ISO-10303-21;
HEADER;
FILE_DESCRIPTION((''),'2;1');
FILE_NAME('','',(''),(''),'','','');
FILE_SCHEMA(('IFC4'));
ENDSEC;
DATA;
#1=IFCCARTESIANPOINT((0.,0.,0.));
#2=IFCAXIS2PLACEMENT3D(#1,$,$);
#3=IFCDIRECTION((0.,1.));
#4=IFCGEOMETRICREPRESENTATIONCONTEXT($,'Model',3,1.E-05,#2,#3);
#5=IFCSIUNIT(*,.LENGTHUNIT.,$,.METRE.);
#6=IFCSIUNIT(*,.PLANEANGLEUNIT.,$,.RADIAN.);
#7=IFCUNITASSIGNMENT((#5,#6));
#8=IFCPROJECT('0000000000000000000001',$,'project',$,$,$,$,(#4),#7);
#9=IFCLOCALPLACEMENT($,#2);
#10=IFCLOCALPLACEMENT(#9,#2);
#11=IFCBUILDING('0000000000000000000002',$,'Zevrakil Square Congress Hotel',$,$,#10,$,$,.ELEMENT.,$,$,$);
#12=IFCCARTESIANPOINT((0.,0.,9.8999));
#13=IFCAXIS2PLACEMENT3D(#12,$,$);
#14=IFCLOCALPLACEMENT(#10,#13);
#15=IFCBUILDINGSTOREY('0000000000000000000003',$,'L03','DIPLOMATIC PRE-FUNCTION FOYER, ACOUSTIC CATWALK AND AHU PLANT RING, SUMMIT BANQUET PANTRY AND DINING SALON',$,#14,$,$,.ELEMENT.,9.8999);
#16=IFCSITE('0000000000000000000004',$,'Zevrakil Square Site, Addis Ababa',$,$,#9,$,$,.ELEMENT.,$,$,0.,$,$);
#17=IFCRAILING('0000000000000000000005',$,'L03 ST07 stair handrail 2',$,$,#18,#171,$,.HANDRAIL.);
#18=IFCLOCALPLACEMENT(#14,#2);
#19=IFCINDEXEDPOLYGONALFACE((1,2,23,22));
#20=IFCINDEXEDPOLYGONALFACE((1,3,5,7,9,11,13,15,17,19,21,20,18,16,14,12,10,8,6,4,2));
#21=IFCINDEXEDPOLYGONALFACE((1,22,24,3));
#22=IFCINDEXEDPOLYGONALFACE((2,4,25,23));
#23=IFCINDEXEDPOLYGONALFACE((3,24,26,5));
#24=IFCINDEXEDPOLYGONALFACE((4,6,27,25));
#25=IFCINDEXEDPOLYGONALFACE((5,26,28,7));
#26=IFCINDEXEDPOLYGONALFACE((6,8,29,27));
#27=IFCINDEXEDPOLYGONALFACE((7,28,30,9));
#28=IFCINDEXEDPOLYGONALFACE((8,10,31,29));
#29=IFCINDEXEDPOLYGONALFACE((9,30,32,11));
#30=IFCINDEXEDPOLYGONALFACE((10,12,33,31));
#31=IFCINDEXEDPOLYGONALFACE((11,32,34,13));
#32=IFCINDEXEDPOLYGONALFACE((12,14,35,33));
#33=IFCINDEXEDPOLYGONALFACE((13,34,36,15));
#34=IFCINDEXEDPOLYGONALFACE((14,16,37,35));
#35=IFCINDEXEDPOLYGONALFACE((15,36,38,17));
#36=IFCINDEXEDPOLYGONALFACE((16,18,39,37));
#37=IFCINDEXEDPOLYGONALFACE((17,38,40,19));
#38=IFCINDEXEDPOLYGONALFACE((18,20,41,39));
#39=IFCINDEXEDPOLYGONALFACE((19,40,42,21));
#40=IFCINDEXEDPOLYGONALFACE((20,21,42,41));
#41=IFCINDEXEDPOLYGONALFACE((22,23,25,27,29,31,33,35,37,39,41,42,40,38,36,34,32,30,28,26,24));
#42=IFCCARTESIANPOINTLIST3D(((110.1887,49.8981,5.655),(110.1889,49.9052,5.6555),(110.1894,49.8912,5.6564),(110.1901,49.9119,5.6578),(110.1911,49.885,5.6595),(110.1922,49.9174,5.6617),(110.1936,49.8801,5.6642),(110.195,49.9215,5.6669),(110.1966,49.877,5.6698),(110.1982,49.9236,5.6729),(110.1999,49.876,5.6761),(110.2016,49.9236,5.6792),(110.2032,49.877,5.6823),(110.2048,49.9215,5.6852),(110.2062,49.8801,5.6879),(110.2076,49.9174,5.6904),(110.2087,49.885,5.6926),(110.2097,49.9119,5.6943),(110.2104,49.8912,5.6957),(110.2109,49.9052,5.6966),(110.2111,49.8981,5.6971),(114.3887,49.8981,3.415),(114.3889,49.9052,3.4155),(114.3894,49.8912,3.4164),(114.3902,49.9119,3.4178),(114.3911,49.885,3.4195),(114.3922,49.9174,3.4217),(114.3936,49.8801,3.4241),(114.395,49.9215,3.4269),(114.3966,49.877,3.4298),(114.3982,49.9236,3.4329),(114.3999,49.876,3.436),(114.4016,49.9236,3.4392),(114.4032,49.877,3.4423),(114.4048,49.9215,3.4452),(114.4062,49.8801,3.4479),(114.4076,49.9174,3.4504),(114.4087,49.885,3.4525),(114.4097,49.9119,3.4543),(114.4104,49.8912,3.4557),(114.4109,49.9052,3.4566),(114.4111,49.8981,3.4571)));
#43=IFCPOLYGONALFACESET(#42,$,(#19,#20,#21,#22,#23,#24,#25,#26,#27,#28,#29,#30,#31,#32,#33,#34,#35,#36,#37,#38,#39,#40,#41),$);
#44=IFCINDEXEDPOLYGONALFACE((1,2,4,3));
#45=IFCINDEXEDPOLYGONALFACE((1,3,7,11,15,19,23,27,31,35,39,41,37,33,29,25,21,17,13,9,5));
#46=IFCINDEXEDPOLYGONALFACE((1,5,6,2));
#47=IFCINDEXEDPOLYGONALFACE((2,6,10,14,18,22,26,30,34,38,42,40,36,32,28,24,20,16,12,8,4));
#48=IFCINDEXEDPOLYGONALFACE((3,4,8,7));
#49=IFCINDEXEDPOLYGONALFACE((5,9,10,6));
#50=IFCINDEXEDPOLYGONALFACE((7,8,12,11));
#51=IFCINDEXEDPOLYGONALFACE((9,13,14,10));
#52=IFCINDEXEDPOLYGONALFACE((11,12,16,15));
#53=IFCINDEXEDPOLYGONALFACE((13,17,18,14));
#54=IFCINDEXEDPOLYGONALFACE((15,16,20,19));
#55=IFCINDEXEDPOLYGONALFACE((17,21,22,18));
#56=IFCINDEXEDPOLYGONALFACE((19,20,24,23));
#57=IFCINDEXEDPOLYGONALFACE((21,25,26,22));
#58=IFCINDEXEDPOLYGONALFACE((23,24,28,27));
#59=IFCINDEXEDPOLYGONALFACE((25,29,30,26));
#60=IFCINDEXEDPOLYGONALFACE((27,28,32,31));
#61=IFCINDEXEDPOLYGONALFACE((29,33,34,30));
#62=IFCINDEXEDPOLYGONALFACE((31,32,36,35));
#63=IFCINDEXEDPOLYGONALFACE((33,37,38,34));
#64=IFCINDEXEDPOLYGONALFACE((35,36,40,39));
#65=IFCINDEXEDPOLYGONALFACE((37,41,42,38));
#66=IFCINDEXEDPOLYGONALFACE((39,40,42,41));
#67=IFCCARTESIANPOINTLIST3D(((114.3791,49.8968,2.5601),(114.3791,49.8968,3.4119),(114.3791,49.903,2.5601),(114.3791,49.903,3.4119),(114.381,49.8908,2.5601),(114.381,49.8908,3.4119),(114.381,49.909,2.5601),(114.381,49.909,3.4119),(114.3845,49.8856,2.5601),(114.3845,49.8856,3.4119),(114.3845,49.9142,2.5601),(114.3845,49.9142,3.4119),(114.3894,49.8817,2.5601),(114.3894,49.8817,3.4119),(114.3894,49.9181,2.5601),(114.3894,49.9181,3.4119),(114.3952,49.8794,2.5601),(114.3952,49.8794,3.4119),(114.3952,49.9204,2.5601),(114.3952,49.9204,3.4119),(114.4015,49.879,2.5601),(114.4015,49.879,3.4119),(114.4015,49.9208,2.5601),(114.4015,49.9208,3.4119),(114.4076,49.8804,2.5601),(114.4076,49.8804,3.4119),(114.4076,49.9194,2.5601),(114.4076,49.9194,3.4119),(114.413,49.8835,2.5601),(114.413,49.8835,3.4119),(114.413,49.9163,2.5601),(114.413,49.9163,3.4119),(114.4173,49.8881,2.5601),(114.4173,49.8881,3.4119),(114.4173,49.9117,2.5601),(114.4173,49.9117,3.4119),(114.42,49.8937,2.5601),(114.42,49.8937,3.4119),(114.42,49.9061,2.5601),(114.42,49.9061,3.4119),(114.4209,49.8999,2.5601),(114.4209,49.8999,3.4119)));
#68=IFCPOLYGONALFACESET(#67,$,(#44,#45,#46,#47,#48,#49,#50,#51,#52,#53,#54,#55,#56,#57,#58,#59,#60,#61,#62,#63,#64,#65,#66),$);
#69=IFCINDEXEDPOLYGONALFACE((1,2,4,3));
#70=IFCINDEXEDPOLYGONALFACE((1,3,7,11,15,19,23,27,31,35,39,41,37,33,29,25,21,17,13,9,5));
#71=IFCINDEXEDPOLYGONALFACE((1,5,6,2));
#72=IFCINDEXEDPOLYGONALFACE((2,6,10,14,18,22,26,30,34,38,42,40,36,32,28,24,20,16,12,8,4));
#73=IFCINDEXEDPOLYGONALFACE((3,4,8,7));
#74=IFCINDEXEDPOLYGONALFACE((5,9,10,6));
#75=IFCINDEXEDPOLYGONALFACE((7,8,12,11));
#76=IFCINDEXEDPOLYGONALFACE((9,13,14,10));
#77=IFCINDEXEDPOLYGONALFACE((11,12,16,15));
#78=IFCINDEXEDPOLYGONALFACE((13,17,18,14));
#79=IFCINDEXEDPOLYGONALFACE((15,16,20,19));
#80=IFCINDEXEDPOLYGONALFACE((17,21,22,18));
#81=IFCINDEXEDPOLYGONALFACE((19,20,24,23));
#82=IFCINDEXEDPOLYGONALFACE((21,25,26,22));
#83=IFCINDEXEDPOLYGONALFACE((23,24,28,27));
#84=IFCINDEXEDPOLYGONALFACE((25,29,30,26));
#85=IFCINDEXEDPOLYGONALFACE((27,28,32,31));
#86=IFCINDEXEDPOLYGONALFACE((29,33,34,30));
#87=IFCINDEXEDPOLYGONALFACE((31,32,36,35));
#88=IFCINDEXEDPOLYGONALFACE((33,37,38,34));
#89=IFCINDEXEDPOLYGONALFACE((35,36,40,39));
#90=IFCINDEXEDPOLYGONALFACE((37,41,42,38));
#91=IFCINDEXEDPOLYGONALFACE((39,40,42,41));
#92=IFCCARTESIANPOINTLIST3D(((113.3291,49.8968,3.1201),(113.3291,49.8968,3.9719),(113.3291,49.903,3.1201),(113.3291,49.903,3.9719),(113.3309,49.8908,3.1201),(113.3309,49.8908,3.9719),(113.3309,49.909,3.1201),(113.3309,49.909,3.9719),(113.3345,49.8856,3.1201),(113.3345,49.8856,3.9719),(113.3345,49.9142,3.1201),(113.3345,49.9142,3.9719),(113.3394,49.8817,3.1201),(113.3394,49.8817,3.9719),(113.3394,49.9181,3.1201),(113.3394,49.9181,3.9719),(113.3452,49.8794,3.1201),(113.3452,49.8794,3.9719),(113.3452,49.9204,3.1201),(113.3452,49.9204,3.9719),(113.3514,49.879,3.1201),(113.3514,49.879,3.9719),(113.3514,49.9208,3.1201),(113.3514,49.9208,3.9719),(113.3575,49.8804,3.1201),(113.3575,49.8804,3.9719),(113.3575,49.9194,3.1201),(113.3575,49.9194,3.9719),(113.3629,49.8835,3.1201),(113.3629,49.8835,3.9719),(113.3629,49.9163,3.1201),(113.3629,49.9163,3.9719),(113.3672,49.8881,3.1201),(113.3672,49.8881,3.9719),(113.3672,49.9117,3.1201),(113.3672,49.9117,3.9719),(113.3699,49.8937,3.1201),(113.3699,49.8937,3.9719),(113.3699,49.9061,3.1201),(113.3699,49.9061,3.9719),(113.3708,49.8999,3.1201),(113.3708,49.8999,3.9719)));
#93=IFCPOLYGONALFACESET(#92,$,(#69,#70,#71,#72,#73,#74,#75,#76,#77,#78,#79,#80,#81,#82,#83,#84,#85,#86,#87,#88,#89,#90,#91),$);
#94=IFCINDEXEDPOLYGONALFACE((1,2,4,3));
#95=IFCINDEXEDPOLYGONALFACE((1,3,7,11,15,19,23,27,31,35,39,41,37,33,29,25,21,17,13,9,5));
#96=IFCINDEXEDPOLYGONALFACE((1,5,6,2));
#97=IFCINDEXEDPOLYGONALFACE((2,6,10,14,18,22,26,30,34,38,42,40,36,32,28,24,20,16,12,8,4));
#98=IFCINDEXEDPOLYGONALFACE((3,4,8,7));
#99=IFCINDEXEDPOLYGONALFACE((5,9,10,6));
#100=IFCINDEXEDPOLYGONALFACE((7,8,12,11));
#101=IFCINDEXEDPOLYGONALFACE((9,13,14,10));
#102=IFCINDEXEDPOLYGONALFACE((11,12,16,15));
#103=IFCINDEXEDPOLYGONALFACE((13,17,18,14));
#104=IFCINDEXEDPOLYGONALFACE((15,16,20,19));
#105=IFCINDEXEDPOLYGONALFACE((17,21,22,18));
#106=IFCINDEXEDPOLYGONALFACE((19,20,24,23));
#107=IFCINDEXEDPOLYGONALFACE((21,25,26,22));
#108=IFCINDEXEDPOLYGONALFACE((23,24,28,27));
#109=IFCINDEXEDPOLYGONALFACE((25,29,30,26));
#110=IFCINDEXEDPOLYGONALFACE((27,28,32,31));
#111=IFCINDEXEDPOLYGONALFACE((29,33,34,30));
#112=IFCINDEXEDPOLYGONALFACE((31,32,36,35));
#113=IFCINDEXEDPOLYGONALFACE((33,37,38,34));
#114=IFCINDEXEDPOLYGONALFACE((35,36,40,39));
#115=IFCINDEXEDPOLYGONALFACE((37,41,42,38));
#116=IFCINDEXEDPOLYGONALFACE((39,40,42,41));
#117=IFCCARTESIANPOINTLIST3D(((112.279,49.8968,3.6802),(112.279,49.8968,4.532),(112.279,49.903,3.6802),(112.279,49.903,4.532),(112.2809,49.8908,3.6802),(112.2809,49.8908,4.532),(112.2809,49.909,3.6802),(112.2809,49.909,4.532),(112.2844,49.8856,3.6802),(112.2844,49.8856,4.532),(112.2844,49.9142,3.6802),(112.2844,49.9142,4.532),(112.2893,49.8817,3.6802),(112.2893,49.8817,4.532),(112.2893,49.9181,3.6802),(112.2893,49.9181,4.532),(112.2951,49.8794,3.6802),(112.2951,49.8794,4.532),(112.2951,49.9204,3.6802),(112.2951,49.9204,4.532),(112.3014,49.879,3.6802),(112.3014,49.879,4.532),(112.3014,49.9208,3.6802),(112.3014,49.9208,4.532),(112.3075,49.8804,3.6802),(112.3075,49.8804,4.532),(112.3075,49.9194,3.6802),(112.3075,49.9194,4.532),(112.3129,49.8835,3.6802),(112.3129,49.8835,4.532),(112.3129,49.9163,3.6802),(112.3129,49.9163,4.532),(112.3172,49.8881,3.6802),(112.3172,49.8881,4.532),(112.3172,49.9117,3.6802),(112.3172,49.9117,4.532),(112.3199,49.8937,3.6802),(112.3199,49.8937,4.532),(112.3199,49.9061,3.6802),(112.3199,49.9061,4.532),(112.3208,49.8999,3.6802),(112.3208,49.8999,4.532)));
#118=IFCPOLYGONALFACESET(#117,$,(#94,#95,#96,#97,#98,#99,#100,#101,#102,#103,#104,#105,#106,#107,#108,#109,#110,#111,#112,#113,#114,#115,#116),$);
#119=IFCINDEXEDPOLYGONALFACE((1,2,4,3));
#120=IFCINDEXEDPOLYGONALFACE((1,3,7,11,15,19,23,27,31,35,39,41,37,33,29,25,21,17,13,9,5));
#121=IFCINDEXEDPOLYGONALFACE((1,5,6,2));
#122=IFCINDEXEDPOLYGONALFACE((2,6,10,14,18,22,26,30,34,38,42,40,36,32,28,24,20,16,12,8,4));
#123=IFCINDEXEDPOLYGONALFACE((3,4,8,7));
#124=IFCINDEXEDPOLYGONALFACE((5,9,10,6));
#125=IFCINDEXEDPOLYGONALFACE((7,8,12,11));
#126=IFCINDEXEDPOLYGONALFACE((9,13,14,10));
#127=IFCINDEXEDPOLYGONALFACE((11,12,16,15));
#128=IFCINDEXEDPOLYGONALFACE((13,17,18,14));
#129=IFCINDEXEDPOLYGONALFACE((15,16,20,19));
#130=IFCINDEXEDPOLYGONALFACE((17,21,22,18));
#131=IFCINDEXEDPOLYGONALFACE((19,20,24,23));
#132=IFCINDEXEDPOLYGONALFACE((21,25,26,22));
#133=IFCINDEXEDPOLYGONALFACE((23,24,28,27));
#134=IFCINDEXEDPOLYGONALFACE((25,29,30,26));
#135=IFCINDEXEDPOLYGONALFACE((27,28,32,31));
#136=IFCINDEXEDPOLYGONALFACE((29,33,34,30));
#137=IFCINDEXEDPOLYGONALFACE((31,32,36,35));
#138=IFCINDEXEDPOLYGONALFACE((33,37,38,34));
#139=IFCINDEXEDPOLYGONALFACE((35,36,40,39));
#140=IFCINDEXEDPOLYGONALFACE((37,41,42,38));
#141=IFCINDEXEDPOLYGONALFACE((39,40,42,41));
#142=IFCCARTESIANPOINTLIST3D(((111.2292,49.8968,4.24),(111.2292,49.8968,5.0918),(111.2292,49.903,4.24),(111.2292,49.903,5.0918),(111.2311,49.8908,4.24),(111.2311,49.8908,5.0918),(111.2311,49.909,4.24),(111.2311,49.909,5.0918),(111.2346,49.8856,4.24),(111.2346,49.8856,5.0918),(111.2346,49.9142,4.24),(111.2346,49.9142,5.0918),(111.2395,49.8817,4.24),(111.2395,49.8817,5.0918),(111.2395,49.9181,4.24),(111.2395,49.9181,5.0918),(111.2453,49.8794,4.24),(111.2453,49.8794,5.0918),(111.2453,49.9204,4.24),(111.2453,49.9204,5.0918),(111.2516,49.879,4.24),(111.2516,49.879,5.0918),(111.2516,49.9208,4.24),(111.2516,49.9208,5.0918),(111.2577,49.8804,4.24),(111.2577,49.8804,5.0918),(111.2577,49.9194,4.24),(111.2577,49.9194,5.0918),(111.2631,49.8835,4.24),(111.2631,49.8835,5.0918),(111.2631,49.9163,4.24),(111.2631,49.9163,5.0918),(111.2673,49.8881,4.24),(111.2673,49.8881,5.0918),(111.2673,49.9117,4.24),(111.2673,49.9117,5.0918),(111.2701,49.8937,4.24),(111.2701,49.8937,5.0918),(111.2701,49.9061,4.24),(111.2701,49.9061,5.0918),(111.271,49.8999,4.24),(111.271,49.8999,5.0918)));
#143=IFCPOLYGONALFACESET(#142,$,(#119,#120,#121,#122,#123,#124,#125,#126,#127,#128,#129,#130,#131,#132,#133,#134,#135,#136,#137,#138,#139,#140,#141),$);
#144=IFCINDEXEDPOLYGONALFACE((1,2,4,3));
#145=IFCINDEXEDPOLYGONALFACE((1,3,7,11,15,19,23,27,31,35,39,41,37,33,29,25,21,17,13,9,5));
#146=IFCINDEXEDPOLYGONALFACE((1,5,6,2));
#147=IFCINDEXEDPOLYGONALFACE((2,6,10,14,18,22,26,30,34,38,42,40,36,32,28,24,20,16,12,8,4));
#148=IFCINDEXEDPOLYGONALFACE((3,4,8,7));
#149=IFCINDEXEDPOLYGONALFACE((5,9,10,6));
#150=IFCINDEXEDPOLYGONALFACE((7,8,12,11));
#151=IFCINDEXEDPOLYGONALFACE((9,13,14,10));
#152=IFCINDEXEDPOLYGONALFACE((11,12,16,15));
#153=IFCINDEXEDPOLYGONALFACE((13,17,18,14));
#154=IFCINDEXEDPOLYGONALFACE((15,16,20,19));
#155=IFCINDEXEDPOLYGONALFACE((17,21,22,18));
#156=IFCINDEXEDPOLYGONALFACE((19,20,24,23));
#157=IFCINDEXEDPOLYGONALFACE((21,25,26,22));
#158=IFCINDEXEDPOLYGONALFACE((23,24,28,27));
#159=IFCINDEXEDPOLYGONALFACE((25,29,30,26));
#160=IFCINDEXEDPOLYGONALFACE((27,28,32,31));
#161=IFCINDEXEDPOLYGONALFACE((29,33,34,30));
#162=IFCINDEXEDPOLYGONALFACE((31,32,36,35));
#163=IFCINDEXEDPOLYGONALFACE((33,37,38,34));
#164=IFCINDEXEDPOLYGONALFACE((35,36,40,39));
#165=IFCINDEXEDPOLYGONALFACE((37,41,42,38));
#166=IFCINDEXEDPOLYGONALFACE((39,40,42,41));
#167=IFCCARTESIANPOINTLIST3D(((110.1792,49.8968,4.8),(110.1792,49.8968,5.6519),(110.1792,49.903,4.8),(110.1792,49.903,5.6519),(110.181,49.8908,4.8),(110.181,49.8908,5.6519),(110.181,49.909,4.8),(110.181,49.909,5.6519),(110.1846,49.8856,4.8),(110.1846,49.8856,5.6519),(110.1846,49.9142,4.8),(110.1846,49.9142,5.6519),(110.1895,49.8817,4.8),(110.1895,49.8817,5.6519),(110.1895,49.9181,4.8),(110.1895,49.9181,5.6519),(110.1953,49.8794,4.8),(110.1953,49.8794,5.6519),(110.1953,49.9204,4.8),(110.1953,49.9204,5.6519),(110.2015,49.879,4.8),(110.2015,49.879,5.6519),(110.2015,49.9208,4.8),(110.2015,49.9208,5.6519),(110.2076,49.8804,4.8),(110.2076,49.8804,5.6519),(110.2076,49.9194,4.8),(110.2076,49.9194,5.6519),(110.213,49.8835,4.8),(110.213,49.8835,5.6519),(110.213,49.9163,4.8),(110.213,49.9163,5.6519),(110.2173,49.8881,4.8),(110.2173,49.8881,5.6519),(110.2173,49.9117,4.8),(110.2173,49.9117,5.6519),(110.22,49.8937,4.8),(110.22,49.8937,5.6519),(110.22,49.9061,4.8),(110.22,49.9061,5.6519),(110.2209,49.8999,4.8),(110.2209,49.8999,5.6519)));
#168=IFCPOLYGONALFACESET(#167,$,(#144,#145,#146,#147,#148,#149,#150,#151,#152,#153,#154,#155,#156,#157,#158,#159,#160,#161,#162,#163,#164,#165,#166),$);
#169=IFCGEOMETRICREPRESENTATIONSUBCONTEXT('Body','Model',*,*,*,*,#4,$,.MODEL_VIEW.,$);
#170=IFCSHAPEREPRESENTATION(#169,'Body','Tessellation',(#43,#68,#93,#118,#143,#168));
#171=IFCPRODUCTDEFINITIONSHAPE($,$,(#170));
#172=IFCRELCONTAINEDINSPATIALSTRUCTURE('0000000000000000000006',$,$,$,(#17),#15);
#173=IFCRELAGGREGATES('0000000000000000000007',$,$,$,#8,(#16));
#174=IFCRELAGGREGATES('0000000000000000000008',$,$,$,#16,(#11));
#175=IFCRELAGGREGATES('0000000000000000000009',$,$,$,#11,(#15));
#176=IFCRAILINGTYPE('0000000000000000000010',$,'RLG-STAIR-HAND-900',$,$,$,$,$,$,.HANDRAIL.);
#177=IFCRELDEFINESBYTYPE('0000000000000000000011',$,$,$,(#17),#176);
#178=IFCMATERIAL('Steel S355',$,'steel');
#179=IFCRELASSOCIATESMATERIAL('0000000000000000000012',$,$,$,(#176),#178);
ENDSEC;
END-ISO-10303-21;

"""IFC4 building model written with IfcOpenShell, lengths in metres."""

from ifc_helpers import new_model, si_unit, direction, frame, origin, origin_2d, place, context, subcontext, project, spatial, circle, extrude, material, type_object, element, save


model = new_model("IFC4")

# Units and contexts
model_context = context("Model", 3, precision=1e-05, world=origin(), true_north=direction((0.0, 1.0)))
body_context = subcontext(model_context, "Body", "Model", "MODEL_VIEW")
ifc_project = project(units=[si_unit("LENGTHUNIT", "METRE"), si_unit("PLANEANGLEUNIT", "RADIAN")], contexts=[model_context])

# Site, building, storey
site_placement = place(None, origin())
site = spatial("IfcSite", under=ifc_project, at=site_placement, Name="Zevrakil Square Site, Addis Ababa", CompositionType="ELEMENT", RefElevation=0.0)
building_placement = place(site_placement, origin())
building = spatial("IfcBuilding", under=site, at=building_placement, Name="Zevrakil Square Congress Hotel", CompositionType="ELEMENT")
storey_placement = place(building_placement, frame((0.0, 0.0, 9.8999)))
storey = spatial("IfcBuildingStorey", under=building, at=storey_placement, Name="L03", Description="DIPLOMATIC PRE-FUNCTION FOYER, ACOUSTIC CATWALK AND AHU PLANT RING, SUMMIT BANQUET PANTRY AND DINING SALON", CompositionType="ELEMENT", Elevation=9.8999)

# Railing
ifc_material_1 = material(Name="Steel S355", Category="steel")
railing_type_1 = type_object("IfcRailingType", Name="RLG-STAIR-HAND-900", PredefinedType="HANDRAIL", material=ifc_material_1)
railing_1_placement = place(storey_placement, frame((114.3999, 49.8999, 2.5601)))
element("IfcRailing", 1, at=railing_1_placement, inside=storey, type_object=railing_type_1, Name="L03 ST07 stair handrail 2", PredefinedType="HANDRAIL", context=body_context, shape_type="SweptSolid", body=[
    extrude(circle(Radius=0.0239, at=origin_2d()), frame((0.0, 0.0, 0.876), z_axis=(-0.882352, 0.0, 0.470591), x_axis=(0.0, -1.0, 0.0)), (0.0, 0.0, 1.0), 4.76),
    extrude(circle(Radius=0.021, at=origin_2d()), origin(), (0.0, 0.0, 1.0), 0.8518),
    extrude(circle(Radius=0.021, at=origin_2d()), frame((-1.05, 0.0, 0.5601)), (0.0, 0.0, 1.0), 0.8518),
    extrude(circle(Radius=0.021, at=origin_2d()), frame((-2.1001, 0.0, 1.1201)), (0.0, 0.0, 1.0), 0.8518),
    extrude(circle(Radius=0.021, at=origin_2d()), frame((-3.1499, 0.0, 1.6799)), (0.0, 0.0, 1.0), 0.8518),
    extrude(circle(Radius=0.021, at=origin_2d()), frame((-4.2, 0.0, 2.24)), (0.0, 0.0, 1.0), 0.8518),
])

save(model, "model.ifc")
